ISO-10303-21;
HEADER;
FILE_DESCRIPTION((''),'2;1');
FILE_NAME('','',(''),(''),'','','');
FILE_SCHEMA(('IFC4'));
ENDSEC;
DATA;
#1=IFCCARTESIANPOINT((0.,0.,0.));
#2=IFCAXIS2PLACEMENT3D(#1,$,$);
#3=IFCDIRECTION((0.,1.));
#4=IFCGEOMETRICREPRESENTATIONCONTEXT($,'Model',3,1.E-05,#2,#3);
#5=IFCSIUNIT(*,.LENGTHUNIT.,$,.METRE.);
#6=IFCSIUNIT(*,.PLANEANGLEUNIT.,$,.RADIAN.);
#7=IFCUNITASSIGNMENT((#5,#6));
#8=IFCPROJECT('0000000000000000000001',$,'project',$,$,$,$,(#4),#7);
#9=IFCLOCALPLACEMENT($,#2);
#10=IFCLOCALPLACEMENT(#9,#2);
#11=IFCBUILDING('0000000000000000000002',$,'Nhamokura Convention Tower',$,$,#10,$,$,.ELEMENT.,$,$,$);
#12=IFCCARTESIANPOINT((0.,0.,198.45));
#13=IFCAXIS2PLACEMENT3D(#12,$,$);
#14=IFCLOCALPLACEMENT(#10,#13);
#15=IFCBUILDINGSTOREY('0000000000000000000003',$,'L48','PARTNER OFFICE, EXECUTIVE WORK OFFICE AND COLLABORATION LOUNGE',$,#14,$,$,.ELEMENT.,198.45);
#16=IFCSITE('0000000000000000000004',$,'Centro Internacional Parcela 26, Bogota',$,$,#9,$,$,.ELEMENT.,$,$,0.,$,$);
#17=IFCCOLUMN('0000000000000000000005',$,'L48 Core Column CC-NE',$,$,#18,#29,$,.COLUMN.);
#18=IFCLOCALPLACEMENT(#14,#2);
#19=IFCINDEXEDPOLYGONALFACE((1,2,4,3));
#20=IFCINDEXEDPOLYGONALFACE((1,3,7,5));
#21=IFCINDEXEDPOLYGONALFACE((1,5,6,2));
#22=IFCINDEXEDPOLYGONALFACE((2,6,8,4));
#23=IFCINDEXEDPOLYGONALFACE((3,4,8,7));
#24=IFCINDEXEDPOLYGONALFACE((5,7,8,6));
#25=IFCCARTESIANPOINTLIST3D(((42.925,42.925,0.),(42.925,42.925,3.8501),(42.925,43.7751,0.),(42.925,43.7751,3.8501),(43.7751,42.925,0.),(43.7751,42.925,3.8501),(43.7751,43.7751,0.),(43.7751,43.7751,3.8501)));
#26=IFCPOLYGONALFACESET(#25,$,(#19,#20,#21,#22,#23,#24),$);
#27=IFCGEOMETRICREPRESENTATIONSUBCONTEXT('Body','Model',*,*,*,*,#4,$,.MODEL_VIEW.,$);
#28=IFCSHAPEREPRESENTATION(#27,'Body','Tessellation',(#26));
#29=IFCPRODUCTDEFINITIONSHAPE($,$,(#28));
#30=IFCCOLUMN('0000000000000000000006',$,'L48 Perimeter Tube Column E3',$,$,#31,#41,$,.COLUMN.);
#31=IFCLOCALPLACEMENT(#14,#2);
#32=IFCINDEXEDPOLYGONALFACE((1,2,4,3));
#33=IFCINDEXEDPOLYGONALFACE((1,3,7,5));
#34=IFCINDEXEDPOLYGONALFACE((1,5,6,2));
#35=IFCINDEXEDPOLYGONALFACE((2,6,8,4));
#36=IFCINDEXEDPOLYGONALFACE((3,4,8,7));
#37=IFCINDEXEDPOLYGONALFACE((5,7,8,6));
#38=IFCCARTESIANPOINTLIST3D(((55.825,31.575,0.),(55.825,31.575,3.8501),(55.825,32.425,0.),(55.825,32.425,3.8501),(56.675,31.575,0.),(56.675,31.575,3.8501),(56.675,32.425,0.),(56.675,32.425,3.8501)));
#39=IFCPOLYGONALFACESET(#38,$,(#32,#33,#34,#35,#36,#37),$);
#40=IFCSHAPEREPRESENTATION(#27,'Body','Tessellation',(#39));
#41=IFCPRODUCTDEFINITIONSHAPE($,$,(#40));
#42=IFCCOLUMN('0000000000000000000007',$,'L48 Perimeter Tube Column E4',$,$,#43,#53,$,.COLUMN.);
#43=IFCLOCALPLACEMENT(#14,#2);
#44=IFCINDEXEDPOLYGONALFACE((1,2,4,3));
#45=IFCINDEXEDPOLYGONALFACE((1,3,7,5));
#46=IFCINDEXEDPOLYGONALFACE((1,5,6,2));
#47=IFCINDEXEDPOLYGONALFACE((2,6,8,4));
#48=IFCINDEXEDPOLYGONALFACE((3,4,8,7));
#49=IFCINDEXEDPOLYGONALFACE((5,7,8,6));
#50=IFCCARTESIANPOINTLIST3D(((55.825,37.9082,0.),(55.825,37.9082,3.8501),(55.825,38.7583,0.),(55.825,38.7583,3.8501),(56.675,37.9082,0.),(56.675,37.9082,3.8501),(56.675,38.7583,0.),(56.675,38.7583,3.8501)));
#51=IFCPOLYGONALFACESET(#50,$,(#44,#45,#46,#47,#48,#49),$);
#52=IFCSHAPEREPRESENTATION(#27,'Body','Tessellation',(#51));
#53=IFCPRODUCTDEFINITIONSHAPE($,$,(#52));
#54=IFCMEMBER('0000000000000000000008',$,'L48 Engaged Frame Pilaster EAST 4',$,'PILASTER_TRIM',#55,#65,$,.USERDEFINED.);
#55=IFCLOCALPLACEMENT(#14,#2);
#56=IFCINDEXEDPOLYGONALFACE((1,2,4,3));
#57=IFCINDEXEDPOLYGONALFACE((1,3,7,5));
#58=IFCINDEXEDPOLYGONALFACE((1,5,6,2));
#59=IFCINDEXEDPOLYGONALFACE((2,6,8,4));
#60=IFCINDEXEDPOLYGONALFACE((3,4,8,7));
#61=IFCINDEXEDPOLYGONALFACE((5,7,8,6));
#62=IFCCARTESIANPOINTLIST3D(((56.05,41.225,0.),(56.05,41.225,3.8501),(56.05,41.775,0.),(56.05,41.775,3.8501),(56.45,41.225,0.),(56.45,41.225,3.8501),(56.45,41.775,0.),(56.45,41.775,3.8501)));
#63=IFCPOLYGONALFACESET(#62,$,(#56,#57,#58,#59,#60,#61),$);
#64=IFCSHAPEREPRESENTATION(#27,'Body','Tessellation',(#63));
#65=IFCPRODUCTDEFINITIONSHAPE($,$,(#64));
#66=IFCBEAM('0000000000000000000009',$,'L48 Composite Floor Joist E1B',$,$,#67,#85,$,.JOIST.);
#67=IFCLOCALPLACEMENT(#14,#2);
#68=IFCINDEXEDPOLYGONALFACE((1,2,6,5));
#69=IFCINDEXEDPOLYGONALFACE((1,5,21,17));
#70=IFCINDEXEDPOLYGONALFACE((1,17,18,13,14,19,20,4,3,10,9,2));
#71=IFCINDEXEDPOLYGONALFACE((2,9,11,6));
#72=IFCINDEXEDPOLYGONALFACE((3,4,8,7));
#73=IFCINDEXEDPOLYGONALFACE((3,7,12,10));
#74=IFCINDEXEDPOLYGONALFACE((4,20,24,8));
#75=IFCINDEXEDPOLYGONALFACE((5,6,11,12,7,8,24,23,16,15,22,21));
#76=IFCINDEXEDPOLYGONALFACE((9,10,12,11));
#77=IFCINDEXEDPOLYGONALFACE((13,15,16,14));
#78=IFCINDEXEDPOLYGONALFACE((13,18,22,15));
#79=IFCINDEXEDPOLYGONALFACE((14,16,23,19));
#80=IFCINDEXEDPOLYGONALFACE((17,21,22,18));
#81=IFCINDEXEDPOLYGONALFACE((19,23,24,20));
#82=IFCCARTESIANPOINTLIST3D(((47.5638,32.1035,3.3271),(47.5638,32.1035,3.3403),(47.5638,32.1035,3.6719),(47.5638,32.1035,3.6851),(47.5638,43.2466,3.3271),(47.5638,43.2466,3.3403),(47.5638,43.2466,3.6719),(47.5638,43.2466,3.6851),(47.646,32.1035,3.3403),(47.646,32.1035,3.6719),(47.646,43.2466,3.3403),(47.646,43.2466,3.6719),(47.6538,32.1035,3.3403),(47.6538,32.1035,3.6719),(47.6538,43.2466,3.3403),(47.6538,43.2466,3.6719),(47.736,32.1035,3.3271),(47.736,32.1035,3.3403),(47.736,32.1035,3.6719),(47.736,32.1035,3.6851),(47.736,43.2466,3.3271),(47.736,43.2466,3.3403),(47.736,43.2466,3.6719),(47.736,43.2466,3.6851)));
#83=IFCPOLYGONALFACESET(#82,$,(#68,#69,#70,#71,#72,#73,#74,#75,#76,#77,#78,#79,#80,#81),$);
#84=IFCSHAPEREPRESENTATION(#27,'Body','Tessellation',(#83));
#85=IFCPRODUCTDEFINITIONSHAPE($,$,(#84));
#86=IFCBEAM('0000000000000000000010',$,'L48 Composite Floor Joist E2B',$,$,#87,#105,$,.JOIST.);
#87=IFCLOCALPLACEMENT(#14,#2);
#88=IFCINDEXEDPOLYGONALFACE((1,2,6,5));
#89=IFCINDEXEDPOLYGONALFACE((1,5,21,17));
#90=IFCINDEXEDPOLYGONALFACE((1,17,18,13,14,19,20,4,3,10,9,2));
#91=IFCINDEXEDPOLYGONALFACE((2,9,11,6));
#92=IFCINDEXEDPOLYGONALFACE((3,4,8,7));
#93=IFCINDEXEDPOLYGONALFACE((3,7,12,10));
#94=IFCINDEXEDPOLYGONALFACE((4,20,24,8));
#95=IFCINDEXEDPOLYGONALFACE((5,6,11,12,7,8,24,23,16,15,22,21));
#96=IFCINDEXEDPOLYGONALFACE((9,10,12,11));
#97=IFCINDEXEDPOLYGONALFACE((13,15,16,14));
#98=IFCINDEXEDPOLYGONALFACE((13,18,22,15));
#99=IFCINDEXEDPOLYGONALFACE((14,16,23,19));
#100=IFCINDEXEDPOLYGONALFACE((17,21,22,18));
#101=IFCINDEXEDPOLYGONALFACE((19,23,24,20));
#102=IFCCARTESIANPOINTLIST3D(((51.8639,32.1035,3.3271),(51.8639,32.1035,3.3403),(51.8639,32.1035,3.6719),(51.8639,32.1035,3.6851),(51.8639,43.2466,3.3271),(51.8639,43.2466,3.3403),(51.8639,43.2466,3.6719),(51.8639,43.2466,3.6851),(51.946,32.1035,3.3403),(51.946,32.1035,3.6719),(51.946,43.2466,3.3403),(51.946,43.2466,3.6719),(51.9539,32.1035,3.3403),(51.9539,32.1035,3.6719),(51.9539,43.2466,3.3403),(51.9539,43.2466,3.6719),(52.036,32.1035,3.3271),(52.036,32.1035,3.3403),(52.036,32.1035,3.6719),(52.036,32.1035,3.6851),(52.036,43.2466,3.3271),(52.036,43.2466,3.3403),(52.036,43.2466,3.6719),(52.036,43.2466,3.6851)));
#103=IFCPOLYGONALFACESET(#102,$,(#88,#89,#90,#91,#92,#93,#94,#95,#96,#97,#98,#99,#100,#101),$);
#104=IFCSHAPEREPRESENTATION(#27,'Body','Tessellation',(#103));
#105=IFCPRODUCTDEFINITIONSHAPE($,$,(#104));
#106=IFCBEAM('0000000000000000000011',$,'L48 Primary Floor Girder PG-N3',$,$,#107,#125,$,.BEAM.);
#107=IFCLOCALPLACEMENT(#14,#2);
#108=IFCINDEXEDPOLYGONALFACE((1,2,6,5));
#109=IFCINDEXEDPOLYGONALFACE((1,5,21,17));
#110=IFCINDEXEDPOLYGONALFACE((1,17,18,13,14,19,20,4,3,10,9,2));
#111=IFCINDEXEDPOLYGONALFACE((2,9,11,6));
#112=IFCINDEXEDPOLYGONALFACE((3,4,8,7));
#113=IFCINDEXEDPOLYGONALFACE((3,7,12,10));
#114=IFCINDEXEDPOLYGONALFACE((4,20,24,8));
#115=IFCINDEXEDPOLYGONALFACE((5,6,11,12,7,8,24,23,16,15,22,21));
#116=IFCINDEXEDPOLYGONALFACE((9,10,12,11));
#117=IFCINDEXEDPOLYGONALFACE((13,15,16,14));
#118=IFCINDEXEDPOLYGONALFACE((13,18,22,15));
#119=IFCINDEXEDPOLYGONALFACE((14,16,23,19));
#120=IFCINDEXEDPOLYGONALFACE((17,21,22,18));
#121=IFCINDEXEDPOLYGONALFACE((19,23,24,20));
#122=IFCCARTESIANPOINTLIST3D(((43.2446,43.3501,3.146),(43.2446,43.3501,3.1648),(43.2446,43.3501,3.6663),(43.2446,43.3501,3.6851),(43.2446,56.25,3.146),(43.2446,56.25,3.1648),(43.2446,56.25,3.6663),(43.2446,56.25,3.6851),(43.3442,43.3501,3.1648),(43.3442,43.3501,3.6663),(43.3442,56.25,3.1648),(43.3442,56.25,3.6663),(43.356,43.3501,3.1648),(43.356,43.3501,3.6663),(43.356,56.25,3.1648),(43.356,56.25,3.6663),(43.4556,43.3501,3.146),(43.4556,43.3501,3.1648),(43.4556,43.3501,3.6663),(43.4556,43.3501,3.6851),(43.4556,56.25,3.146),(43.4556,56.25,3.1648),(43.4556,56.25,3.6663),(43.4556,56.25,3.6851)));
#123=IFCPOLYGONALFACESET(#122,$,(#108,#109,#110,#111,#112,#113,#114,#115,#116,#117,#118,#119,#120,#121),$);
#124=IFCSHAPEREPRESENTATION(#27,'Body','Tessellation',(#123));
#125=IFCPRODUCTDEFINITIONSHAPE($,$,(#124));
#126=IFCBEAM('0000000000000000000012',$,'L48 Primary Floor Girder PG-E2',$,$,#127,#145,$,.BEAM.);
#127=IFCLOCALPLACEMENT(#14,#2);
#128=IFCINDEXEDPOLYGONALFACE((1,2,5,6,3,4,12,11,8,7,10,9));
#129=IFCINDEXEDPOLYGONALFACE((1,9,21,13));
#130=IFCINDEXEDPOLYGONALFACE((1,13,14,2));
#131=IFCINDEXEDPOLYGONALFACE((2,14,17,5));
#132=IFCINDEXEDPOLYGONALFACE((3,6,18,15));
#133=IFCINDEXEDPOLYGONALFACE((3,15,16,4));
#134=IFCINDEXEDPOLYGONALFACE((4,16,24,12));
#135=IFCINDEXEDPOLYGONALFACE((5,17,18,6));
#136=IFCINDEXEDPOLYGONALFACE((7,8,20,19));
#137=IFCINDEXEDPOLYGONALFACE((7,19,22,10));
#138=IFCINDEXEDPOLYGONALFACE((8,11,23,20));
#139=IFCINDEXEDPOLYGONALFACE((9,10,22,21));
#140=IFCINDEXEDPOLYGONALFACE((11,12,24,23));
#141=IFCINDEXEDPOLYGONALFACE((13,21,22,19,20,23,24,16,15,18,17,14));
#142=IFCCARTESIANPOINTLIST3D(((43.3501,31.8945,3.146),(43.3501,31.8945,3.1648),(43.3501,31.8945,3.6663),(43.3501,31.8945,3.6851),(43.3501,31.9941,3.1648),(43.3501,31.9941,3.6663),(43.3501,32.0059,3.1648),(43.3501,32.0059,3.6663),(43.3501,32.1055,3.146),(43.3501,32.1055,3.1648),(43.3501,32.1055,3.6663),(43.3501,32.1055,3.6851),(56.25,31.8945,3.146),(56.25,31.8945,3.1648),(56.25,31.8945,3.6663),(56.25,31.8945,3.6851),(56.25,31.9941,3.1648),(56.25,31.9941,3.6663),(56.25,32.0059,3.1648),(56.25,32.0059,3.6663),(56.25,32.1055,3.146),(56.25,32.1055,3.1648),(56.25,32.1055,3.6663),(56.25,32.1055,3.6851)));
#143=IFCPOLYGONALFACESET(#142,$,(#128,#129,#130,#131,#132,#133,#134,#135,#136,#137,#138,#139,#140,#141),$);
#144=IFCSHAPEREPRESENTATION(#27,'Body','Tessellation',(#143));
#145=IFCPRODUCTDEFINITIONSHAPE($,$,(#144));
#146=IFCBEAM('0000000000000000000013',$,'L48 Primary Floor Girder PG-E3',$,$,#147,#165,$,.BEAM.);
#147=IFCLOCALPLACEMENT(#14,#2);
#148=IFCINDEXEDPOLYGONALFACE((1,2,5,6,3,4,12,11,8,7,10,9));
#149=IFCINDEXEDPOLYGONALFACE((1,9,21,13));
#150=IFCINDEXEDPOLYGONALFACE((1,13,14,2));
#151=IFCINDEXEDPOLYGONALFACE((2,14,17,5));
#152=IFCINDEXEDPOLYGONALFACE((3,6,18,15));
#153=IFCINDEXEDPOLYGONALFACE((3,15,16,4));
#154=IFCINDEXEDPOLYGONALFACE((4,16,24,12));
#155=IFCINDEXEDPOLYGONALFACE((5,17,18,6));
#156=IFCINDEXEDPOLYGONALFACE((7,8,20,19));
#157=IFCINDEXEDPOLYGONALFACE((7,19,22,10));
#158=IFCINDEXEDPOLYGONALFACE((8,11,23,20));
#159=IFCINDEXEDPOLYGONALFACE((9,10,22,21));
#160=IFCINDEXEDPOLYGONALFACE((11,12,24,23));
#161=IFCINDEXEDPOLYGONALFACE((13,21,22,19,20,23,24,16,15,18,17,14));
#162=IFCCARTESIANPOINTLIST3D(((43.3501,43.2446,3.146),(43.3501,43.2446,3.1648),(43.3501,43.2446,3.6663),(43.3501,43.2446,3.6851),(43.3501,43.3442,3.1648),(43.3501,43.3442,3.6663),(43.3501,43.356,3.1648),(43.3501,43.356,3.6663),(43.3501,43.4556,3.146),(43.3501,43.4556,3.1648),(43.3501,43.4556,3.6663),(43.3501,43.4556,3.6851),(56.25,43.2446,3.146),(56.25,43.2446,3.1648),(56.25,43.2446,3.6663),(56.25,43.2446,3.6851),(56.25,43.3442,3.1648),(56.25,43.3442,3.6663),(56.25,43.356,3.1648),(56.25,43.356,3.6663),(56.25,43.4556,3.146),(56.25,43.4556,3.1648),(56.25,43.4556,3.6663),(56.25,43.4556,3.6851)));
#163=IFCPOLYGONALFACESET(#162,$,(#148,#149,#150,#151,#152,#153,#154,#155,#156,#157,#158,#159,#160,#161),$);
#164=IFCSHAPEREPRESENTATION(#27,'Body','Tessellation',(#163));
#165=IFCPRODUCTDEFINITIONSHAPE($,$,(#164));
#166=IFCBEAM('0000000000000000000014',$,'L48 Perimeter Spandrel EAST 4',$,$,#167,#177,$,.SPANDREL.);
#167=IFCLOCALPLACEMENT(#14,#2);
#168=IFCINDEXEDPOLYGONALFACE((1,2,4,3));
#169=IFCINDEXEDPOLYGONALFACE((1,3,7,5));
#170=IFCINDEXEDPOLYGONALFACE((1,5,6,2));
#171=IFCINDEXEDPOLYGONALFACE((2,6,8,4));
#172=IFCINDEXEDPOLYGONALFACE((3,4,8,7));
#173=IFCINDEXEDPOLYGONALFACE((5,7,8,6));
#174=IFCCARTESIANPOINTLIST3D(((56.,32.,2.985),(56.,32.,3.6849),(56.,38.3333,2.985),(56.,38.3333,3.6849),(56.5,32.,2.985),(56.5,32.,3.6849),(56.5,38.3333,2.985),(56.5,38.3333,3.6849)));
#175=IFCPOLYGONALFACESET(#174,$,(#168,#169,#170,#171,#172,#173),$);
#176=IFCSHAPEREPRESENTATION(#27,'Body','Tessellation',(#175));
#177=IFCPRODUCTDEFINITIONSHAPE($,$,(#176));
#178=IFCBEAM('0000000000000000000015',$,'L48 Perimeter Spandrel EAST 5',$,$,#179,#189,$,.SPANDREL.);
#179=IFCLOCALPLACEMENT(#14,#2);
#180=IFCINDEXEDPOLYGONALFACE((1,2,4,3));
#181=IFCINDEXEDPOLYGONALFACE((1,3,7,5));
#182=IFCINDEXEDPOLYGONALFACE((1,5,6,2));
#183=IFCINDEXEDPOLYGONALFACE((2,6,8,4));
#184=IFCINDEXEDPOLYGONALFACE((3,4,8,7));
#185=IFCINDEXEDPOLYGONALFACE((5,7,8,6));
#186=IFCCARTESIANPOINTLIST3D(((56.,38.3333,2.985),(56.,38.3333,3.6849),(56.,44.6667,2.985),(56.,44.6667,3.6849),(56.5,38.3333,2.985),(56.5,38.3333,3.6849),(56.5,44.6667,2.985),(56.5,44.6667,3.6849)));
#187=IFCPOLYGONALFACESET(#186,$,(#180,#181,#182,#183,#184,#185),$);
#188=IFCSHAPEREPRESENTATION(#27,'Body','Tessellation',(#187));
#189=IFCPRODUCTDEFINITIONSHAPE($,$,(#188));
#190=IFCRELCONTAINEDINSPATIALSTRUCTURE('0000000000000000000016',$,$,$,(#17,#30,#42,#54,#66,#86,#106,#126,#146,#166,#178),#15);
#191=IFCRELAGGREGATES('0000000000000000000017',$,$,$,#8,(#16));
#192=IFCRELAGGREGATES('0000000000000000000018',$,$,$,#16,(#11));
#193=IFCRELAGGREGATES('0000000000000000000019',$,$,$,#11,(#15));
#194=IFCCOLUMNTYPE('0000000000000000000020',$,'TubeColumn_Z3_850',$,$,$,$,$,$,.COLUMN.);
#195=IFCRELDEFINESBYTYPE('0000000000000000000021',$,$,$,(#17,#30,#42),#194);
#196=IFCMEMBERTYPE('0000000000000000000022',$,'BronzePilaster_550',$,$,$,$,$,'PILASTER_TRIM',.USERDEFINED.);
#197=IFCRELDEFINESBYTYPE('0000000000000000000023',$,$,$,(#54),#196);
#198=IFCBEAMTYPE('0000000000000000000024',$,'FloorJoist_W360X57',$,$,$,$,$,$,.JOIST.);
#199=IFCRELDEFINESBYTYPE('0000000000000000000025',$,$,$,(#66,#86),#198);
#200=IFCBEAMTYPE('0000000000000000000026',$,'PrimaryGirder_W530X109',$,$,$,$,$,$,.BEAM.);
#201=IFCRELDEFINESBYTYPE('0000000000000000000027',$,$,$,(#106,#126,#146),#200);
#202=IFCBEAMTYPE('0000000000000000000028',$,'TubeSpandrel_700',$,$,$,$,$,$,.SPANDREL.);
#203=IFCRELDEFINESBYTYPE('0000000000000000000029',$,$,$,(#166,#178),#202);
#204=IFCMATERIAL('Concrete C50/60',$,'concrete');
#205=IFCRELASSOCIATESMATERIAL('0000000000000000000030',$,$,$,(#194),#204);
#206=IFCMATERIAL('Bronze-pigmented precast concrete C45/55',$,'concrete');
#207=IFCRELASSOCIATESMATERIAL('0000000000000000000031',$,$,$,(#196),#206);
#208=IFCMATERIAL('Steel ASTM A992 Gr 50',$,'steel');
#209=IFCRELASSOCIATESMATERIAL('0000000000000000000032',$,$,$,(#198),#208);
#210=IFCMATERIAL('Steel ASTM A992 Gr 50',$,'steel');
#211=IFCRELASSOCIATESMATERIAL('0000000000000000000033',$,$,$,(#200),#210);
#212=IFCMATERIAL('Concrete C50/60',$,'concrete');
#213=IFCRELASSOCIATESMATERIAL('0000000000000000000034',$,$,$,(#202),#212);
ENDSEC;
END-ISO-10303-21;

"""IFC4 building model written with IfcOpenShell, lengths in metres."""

from ifc_helpers import new_model, si_unit, direction, frame, origin, origin_2d, place, context, subcontext, project, spatial, rectangle, i_section, extrude, material, material_profile, profile_set, type_object, element, save


model = new_model("IFC4")

# Units and contexts
model_context = context("Model", 3, precision=1e-05, world=origin(), true_north=direction((0.0, 1.0)))
body_context = subcontext(model_context, "Body", "Model", "MODEL_VIEW")
ifc_project = project(units=[si_unit("LENGTHUNIT", "METRE"), si_unit("PLANEANGLEUNIT", "RADIAN")], contexts=[model_context])

# Site, building, storey
site_placement = place(None, origin())
site = spatial("IfcSite", under=ifc_project, at=site_placement, Name="Centro Internacional Parcela 26, Bogota", CompositionType="ELEMENT", RefElevation=0.0)
building_placement = place(site_placement, origin())
building = spatial("IfcBuilding", under=site, at=building_placement, Name="Nhamokura Convention Tower", CompositionType="ELEMENT")
storey_placement = place(building_placement, frame((0.0, 0.0, 198.45)))
storey = spatial("IfcBuildingStorey", under=building, at=storey_placement, Name="L48", Description="PARTNER OFFICE, EXECUTIVE WORK OFFICE AND COLLABORATION LOUNGE", CompositionType="ELEMENT", Elevation=198.45)

# Columns
ifc_material_1 = material(Name="Concrete C50/60", Category="concrete")
ifc_material_profile_1 = material_profile(ifc_material_1, rectangle(XDim=0.8501, YDim=0.8501, at=origin_2d()))
ifc_profile_set_1 = profile_set([ifc_material_profile_1], Name="Concrete C50/60")
column_type = type_object("IfcColumnType", Name="TubeColumn_Z3_850", PredefinedType="COLUMN", material=ifc_profile_set_1)
for number, where, z_axis, x_axis, name in (
    (1, (43.3501, 43.3501, 0.0), (0.0, 0.0, 1.0), (1.0, 0.0, 0.0), "L48 Core Column CC-NE"),
    (2, (56.25, 32.0, 0.0), (0.0, 0.0, 1.0), (1.0, 0.0, 0.0), "L48 Perimeter Tube Column E3"),
    (3, (56.25, 38.3333, 0.0), (0.0, 0.0, 1.0), (1.0, 0.0, 0.0), "L48 Perimeter Tube Column E4"),
):
    element("IfcColumn", number, at=place(storey_placement, frame(where, z_axis=z_axis, x_axis=x_axis)), inside=storey, type_object=column_type, Name=name, PredefinedType="COLUMN", context=body_context, shape_type="SweptSolid", body=[
        extrude(rectangle(XDim=0.8501, YDim=0.8501, at=origin_2d()), origin(), (0.0, 0.0, 1.0), 3.8501),
    ])

# Member
ifc_material_2 = material(Name="Bronze-pigmented precast concrete C45/55", Category="concrete")
ifc_material_profile_2 = material_profile(ifc_material_2, rectangle(XDim=0.3999, YDim=0.55, at=origin_2d()))
ifc_profile_set_2 = profile_set([ifc_material_profile_2], Name="Bronze-pigmented precast concrete C45/55")
member_type = type_object("IfcMemberType", Name="BronzePilaster_550", ElementType="PILASTER_TRIM", PredefinedType="USERDEFINED", material=ifc_profile_set_2)
member_placement = place(storey_placement, frame((56.25, 41.5, 0.0), z_axis=(0.0, 0.0, 1.0), x_axis=(1.0, 0.0, 0.0)))
element("IfcMember", 4, at=member_placement, inside=storey, type_object=member_type, Name="L48 Engaged Frame Pilaster EAST 4", ObjectType="PILASTER_TRIM", PredefinedType="USERDEFINED", context=body_context, shape_type="SweptSolid", body=[
    extrude(rectangle(XDim=0.3999, YDim=0.55, at=origin_2d()), origin(), (0.0, 0.0, 1.0), 3.8501),
])

# Beams
ifc_material_3 = material(Name="Steel ASTM A992 Gr 50", Category="steel")
ifc_material_profile_3 = material_profile(ifc_material_3, i_section(OverallWidth=0.1721, OverallDepth=0.3579, WebThickness=0.0078, FlangeThickness=0.0132, at=origin_2d()))
ifc_profile_set_3 = profile_set([ifc_material_profile_3], Name="Steel ASTM A992 Gr 50")
beam_type_1 = type_object("IfcBeamType", Name="FloorJoist_W360X57", PredefinedType="JOIST", material=ifc_profile_set_3)
for number, where, z_axis, x_axis, name in (
    (5, (47.6499, 32.1035, 3.5061), (0.0, 1.0, 0.0), (-1.0, 0.0, 0.0), "L48 Composite Floor Joist E1B"),
    (6, (51.95, 32.1035, 3.5061), (0.0, 1.0, 0.0), (-1.0, 0.0, 0.0), "L48 Composite Floor Joist E2B"),
):
    element("IfcBeam", number, at=place(storey_placement, frame(where, z_axis=z_axis, x_axis=x_axis)), inside=storey, type_object=beam_type_1, Name=name, PredefinedType="JOIST", context=body_context, shape_type="SweptSolid", body=[
        extrude(i_section(OverallWidth=0.1721, OverallDepth=0.3579, WebThickness=0.0078, FlangeThickness=0.0132, at=origin_2d()), origin(), (0.0, 0.0, 1.0), 11.1431),
    ])
ifc_material_4 = material(Name="Steel ASTM A992 Gr 50", Category="steel")
ifc_material_profile_4 = material_profile(ifc_material_4, i_section(OverallWidth=0.2109, OverallDepth=0.5391, WebThickness=0.0117, FlangeThickness=0.0188, at=origin_2d()))
ifc_profile_set_4 = profile_set([ifc_material_profile_4], Name="Steel ASTM A992 Gr 50")
beam_type_2 = type_object("IfcBeamType", Name="PrimaryGirder_W530X109", PredefinedType="BEAM", material=ifc_profile_set_4)
for number, where, z_axis, x_axis, name in (
    (7, (43.3501, 43.3501, 3.4155), (0.0, 1.0, 0.0), (-1.0, 0.0, 0.0), "L48 Primary Floor Girder PG-N3"),
    (8, (43.3501, 32.0, 3.4155), (1.0, 0.0, 0.0), (0.0, 1.0, 0.0), "L48 Primary Floor Girder PG-E2"),
    (9, (43.3501, 43.3501, 3.4155), (1.0, 0.0, 0.0), (0.0, 1.0, 0.0), "L48 Primary Floor Girder PG-E3"),
):
    element("IfcBeam", number, at=place(storey_placement, frame(where, z_axis=z_axis, x_axis=x_axis)), inside=storey, type_object=beam_type_2, Name=name, PredefinedType="BEAM", context=body_context, shape_type="SweptSolid", body=[
        extrude(i_section(OverallWidth=0.2109, OverallDepth=0.5391, WebThickness=0.0117, FlangeThickness=0.0188, at=origin_2d()), origin(), (0.0, 0.0, 1.0), 12.8999),
    ])
ifc_material_5 = material(Name="Concrete C50/60", Category="concrete")
ifc_material_profile_5 = material_profile(ifc_material_5, rectangle(XDim=0.5, YDim=0.7, at=origin_2d()))
ifc_profile_set_5 = profile_set([ifc_material_profile_5], Name="Concrete C50/60")
beam_type_3 = type_object("IfcBeamType", Name="TubeSpandrel_700", PredefinedType="SPANDREL", material=ifc_profile_set_5)
beam_1_placement = place(storey_placement, frame((56.25, 32.0, 3.335), z_axis=(0.0, 1.0, 0.0), x_axis=(-1.0, 0.0, 0.0)))
element("IfcBeam", 10, at=beam_1_placement, inside=storey, type_object=beam_type_3, Name="L48 Perimeter Spandrel EAST 4", PredefinedType="SPANDREL", context=body_context, shape_type="SweptSolid", body=[
    extrude(rectangle(XDim=0.5, YDim=0.7, at=origin_2d()), origin(), (0.0, 0.0, 1.0), 6.3333),
])
beam_2_placement = place(storey_placement, frame((56.25, 38.3333, 3.335), z_axis=(0.0, 1.0, 0.0), x_axis=(-1.0, 0.0, 0.0)))
element("IfcBeam", 11, at=beam_2_placement, inside=storey, type_object=beam_type_3, Name="L48 Perimeter Spandrel EAST 5", PredefinedType="SPANDREL", context=body_context, shape_type="SweptSolid", body=[
    extrude(rectangle(XDim=0.5, YDim=0.7, at=origin_2d()), origin(), (0.0, 0.0, 1.0), 6.3335),
])

save(model, "model.ifc")
